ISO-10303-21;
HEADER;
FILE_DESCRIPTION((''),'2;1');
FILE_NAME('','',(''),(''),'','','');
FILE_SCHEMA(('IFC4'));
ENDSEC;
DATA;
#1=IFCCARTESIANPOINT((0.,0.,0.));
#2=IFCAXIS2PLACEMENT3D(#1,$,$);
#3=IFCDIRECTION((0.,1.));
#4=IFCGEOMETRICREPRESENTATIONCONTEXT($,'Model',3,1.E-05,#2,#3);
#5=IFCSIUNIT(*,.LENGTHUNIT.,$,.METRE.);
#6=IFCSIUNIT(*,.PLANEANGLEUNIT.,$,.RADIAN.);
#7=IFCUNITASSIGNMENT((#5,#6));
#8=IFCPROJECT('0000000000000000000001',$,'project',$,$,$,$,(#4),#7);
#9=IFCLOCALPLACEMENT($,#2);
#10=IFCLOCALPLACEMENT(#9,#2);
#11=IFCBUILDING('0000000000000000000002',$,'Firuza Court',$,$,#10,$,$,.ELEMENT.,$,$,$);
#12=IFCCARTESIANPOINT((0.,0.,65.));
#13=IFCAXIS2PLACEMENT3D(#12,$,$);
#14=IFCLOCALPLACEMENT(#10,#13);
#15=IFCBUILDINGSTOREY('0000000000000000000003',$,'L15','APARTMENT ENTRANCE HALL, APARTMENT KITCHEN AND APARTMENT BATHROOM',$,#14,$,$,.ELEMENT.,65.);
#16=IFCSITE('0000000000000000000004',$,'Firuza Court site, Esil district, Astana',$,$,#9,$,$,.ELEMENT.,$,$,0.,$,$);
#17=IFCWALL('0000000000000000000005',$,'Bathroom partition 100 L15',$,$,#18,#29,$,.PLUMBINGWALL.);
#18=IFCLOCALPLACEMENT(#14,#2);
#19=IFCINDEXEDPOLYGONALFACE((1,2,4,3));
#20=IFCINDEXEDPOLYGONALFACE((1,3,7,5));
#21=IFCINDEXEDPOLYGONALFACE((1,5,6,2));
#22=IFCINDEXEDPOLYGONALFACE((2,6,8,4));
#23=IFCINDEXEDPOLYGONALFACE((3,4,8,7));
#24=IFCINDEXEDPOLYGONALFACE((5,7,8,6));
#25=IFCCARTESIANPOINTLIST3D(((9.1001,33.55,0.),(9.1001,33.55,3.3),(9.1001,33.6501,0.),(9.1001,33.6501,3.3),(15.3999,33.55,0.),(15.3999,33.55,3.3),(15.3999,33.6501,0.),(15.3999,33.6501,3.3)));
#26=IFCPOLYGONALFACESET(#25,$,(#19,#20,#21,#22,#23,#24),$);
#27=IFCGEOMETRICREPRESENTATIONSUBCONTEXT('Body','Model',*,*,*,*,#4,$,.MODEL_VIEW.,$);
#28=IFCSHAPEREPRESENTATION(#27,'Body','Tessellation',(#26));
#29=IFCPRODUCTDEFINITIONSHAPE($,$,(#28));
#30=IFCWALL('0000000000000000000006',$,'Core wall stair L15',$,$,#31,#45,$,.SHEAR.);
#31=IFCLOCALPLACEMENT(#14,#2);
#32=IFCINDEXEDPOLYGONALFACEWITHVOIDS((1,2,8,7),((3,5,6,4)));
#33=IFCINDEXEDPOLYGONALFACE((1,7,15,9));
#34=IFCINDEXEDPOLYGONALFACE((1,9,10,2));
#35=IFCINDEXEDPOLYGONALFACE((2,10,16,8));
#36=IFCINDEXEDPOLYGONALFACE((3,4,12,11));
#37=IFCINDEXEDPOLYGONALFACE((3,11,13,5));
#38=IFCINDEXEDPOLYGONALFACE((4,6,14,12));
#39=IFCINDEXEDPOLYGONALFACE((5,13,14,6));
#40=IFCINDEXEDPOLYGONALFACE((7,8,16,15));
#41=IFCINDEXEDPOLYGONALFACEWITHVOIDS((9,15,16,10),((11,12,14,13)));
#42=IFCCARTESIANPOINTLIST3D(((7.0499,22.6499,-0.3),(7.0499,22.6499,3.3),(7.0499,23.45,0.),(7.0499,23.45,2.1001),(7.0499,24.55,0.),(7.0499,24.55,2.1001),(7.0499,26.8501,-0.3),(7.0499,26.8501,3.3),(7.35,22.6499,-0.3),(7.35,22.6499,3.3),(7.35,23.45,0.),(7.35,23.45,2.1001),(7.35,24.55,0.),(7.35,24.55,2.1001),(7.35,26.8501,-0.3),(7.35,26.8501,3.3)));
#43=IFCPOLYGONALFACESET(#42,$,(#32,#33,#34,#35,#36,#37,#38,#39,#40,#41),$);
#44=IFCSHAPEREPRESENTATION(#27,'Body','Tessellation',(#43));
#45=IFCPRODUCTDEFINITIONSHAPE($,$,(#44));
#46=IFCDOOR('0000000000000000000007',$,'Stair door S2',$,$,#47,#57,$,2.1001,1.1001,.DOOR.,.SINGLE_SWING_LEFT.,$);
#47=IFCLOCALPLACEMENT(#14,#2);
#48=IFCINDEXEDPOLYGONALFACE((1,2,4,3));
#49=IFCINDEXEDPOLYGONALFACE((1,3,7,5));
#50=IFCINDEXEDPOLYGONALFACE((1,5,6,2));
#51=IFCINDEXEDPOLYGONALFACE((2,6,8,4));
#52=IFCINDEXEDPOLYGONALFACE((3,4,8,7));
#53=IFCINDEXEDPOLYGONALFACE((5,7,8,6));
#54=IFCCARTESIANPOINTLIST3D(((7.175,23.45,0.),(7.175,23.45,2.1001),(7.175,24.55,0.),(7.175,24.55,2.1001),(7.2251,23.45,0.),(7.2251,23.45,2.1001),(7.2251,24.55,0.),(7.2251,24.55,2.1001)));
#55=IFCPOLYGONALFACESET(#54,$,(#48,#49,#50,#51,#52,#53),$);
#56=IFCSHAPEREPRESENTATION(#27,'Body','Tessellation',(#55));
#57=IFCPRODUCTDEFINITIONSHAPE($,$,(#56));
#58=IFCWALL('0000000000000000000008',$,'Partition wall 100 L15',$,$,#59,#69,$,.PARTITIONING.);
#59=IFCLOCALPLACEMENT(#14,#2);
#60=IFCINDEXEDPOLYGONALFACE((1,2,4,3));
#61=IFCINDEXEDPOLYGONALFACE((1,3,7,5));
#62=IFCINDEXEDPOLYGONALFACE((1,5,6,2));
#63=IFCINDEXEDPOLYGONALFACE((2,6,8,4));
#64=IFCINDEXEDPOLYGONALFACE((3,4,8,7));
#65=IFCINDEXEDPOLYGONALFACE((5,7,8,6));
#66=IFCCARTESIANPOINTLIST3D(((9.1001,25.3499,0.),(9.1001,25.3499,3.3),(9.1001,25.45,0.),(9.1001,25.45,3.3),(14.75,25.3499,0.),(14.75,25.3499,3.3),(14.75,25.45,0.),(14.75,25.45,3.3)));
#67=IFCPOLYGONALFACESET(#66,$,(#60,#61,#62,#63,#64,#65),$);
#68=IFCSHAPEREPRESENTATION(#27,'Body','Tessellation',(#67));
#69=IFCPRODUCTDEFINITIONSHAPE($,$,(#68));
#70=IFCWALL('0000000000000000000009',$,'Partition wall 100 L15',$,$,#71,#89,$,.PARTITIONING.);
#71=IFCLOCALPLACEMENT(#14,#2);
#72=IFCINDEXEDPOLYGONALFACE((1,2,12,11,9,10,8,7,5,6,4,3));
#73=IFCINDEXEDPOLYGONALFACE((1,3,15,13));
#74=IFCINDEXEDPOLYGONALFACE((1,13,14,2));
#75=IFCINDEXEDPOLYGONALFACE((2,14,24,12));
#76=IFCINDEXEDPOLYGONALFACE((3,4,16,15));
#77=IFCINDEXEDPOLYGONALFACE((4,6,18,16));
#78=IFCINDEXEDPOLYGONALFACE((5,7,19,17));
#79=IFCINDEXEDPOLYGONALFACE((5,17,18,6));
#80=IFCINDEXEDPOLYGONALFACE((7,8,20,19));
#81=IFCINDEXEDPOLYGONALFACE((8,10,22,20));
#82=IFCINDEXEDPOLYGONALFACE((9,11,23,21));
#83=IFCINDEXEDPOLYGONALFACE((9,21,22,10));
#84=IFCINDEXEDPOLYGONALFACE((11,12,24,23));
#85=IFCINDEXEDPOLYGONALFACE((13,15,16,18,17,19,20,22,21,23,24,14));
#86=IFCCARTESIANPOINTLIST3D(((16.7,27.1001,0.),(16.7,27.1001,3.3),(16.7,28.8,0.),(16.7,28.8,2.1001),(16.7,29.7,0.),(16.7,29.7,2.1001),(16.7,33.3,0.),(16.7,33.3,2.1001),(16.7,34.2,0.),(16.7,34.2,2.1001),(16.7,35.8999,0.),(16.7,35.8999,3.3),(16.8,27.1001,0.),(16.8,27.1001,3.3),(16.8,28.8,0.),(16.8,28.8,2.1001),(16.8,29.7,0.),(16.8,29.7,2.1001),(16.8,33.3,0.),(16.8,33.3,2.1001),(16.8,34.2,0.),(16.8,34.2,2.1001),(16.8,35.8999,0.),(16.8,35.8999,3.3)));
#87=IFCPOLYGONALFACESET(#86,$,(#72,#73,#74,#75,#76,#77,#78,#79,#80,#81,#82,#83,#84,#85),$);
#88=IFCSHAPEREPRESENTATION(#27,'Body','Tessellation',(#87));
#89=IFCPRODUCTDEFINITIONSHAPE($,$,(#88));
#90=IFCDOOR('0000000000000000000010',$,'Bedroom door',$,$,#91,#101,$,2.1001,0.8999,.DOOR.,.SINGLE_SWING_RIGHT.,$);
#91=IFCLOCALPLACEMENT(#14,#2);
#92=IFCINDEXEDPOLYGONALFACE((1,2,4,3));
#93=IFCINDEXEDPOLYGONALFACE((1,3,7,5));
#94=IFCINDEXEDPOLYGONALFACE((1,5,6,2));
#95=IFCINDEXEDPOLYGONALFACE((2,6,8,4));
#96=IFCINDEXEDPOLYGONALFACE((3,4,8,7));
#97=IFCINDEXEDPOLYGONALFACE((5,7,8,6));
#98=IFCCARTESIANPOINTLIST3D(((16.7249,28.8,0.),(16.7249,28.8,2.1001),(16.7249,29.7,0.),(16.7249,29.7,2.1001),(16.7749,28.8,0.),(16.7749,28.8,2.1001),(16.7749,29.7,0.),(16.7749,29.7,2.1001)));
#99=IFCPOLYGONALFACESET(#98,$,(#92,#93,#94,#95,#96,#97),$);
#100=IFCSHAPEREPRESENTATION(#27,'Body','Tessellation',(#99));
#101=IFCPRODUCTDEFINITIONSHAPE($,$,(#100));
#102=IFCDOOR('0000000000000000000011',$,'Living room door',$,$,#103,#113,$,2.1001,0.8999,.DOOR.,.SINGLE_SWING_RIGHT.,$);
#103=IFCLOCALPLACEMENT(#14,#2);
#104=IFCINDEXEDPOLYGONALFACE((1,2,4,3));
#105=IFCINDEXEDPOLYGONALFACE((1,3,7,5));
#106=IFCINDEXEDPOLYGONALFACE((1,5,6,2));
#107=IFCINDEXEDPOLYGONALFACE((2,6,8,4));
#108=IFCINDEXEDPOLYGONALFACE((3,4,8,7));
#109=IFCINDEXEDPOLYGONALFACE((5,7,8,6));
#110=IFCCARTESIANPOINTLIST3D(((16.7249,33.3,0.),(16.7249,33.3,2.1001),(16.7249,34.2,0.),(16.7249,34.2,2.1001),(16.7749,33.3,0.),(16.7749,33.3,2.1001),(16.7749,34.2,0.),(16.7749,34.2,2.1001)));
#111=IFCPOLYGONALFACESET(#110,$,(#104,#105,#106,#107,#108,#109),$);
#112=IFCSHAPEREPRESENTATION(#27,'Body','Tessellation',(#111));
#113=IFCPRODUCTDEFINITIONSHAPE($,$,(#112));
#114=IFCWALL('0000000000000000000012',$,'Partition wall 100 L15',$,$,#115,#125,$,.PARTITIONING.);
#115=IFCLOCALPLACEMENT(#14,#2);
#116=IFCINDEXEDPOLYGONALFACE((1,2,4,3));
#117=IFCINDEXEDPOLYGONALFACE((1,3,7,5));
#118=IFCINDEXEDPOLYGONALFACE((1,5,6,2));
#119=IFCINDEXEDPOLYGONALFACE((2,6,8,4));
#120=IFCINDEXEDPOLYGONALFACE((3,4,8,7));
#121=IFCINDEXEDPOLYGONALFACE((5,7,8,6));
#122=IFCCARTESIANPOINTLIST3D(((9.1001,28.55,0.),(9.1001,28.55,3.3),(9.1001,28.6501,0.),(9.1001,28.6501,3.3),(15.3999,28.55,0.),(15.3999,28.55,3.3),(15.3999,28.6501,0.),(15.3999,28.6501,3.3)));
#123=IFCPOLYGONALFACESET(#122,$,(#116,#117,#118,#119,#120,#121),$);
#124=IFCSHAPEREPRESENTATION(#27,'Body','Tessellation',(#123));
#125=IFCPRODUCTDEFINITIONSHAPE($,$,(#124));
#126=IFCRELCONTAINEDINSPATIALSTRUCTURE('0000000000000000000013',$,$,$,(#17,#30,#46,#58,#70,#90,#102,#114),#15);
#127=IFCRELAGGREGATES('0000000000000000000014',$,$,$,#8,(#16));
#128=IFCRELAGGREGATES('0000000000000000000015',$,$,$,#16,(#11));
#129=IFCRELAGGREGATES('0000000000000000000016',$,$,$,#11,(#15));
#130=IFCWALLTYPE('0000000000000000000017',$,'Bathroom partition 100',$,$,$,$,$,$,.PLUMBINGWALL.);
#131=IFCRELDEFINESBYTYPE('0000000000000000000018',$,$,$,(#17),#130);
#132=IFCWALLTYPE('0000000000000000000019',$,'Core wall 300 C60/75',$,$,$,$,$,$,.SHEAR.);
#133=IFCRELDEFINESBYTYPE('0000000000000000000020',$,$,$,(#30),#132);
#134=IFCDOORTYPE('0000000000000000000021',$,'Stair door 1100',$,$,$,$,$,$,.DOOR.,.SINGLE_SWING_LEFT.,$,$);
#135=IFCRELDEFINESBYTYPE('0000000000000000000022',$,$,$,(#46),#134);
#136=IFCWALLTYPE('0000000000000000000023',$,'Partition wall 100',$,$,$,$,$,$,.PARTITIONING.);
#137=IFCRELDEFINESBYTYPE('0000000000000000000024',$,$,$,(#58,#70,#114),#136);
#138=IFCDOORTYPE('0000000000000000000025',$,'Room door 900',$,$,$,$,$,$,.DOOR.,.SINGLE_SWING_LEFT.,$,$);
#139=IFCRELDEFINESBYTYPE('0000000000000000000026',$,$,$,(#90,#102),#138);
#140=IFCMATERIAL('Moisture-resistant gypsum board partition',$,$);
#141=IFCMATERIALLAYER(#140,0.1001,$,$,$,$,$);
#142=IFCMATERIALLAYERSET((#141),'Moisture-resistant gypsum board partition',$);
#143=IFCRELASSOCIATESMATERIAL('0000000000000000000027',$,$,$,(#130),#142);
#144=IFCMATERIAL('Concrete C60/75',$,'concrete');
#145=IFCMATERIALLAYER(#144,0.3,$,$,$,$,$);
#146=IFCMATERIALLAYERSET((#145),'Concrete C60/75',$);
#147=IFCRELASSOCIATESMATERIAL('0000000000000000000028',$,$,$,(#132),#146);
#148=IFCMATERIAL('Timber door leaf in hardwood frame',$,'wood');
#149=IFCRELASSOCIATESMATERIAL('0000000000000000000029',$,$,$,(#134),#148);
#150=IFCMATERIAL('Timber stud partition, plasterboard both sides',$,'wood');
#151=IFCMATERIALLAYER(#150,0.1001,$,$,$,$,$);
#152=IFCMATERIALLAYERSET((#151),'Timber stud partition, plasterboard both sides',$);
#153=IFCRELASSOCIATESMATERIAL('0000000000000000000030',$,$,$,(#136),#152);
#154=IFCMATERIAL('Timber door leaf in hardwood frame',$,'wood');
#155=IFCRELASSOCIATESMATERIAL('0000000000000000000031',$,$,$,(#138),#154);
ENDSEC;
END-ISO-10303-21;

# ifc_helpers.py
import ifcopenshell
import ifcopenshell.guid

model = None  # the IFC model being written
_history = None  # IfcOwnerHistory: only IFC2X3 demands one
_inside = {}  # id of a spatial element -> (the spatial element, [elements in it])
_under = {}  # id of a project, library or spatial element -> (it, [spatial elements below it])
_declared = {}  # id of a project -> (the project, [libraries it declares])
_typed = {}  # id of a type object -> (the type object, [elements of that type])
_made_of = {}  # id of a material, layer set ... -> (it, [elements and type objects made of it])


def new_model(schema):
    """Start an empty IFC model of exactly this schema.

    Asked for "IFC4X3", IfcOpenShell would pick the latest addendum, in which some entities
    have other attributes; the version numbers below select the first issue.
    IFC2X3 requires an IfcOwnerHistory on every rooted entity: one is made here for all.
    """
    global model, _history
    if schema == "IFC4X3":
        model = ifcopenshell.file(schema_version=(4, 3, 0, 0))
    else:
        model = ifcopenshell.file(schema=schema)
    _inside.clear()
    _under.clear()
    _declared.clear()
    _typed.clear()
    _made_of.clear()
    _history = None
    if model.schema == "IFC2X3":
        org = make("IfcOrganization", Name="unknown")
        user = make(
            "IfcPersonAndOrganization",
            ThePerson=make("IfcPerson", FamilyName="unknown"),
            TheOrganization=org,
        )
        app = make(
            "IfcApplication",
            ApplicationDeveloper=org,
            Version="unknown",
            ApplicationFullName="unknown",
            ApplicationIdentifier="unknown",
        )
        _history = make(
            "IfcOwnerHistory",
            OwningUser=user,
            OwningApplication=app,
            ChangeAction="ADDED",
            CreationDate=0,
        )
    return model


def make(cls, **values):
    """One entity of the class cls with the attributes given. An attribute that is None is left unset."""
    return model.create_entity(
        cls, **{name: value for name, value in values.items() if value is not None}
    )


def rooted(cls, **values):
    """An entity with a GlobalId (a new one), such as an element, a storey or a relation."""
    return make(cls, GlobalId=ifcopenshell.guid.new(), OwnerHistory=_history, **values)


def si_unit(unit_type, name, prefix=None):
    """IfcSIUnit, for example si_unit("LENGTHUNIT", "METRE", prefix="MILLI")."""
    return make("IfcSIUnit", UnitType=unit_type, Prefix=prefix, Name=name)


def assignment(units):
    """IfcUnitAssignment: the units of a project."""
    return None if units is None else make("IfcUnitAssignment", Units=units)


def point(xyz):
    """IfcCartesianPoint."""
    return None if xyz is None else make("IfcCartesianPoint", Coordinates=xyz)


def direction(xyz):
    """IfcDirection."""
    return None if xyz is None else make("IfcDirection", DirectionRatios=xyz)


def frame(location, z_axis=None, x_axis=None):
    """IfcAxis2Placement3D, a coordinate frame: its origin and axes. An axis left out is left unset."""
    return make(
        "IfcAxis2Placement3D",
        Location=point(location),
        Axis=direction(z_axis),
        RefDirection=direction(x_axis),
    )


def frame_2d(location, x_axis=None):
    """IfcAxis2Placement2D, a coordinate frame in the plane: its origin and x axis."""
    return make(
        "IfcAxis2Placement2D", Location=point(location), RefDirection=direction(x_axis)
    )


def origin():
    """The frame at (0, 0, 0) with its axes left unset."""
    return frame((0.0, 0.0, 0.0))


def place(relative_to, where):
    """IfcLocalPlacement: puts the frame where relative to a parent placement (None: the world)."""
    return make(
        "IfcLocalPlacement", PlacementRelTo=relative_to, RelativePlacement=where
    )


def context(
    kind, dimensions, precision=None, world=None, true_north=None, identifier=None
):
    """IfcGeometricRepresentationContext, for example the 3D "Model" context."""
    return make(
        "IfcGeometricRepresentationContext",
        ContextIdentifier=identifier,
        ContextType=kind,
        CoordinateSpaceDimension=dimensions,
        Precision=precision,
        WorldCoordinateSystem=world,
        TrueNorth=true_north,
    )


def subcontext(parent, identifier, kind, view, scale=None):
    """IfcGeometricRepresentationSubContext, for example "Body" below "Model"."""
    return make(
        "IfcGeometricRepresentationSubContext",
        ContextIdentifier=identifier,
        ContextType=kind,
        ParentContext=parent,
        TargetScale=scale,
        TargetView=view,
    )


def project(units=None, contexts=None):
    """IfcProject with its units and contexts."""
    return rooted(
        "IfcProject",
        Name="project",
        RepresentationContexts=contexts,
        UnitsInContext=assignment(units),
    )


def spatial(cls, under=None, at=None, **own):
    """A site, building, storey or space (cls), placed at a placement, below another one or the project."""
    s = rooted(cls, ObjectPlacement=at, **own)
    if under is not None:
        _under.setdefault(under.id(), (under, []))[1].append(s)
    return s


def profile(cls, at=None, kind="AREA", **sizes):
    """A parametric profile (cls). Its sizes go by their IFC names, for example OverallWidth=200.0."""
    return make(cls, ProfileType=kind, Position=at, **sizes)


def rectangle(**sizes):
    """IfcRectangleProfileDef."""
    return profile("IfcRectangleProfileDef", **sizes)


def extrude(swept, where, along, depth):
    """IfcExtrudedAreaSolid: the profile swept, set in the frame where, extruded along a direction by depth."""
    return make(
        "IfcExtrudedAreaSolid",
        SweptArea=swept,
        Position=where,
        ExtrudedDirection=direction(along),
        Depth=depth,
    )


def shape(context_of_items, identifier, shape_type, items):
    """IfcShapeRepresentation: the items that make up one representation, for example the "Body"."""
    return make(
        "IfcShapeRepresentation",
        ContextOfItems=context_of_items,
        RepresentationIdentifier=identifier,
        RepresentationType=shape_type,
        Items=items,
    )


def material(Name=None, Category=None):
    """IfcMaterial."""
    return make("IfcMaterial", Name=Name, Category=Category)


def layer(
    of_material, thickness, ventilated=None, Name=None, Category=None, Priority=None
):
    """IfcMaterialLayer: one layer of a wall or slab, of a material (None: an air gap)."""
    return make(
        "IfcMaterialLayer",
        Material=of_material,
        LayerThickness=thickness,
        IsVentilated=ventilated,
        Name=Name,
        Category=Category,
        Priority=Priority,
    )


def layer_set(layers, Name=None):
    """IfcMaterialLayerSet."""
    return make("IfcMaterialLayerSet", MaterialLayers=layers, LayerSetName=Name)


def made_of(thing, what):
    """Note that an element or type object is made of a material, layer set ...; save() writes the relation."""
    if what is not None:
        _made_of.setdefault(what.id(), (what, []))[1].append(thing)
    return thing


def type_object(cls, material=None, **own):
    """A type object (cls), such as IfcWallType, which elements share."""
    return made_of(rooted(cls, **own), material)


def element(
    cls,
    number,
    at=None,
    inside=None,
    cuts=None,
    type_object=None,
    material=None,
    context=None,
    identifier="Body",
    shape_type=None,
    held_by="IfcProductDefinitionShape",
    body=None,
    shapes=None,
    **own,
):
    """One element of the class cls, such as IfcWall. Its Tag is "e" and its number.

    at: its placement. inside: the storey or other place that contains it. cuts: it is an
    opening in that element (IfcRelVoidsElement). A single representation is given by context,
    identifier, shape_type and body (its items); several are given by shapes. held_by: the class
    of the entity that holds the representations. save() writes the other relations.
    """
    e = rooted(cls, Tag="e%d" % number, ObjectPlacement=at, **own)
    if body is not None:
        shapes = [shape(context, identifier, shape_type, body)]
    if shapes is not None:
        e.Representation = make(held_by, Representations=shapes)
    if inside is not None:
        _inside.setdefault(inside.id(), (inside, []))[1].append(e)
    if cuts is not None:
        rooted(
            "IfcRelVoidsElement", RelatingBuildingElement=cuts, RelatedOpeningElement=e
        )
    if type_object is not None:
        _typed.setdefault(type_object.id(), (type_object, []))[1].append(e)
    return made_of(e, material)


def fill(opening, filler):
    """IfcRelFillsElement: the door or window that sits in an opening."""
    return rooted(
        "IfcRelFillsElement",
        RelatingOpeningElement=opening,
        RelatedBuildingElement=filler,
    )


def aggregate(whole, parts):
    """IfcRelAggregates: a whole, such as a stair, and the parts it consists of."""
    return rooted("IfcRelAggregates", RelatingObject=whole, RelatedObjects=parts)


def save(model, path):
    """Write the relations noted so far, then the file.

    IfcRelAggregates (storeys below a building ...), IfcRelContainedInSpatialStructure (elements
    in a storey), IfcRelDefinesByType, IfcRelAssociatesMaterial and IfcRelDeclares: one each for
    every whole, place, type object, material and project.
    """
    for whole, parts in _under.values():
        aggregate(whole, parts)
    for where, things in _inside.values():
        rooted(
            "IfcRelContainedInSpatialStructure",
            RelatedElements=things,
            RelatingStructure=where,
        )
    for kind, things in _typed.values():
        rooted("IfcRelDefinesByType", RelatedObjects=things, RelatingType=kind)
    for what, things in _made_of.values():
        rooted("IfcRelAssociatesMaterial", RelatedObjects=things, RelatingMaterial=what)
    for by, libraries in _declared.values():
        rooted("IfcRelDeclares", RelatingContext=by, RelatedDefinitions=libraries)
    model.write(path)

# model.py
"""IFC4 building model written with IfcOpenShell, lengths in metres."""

from ifc_helpers import new_model, si_unit, direction, frame, frame_2d, origin, place, context, subcontext, project, spatial, rectangle, extrude, material, layer, layer_set, type_object, element, fill, save


model = new_model("IFC4")

# Units and contexts
model_context = context("Model", 3, precision=1e-05, world=origin(), true_north=direction((0.0, 1.0)))
body_context = subcontext(model_context, "Body", "Model", "MODEL_VIEW")
ifc_project = project(units=[si_unit("LENGTHUNIT", "METRE"), si_unit("PLANEANGLEUNIT", "RADIAN")], contexts=[model_context])

# Site, building, storey
site_placement = place(None, origin())
site = spatial("IfcSite", under=ifc_project, at=site_placement, Name="Firuza Court site, Esil district, Astana", CompositionType="ELEMENT", RefElevation=0.0)
building_placement = place(site_placement, origin())
building = spatial("IfcBuilding", under=site, at=building_placement, Name="Firuza Court", CompositionType="ELEMENT")
storey_placement = place(building_placement, frame((0.0, 0.0, 65.0)))
storey = spatial("IfcBuildingStorey", under=building, at=storey_placement, Name="L15", Description="APARTMENT ENTRANCE HALL, APARTMENT KITCHEN AND APARTMENT BATHROOM", CompositionType="ELEMENT", Elevation=65.0)

# Wall
ifc_material_1 = material(Name="Moisture-resistant gypsum board partition")
ifc_layer_1 = layer(ifc_material_1, 0.1001)
ifc_layer_set_1 = layer_set([ifc_layer_1], Name="Moisture-resistant gypsum board partition")
wall_type_1 = type_object("IfcWallType", Name="Bathroom partition 100", PredefinedType="PLUMBINGWALL", material=ifc_layer_set_1)
wall_1_placement = place(storey_placement, frame((9.1001, 33.6001, 0.0), z_axis=(0.0, 0.0, 1.0), x_axis=(1.0, 0.0, 0.0)))
element("IfcWall", 1, at=wall_1_placement, inside=storey, type_object=wall_type_1, Name="Bathroom partition 100 L15", PredefinedType="PLUMBINGWALL", context=body_context, shape_type="SweptSolid", body=[
    extrude(rectangle(XDim=6.2998, YDim=0.1001, at=frame_2d((3.1499, 0.0))), origin(), (0.0, 0.0, 1.0), 3.3),
])

# Wall, opening, door
ifc_material_2 = material(Name="Concrete C60/75", Category="concrete")
ifc_layer_2 = layer(ifc_material_2, 0.3)
ifc_layer_set_2 = layer_set([ifc_layer_2], Name="Concrete C60/75")
wall_type_2 = type_object("IfcWallType", Name="Core wall 300 C60/75", PredefinedType="SHEAR", material=ifc_layer_set_2)
wall_2_placement = place(storey_placement, frame((7.2, 22.6499, -0.3), z_axis=(0.0, 0.0, 1.0), x_axis=(0.0, 1.0, 0.0)))
wall_2 = element("IfcWall", 2, at=wall_2_placement, inside=storey, type_object=wall_type_2, Name="Core wall stair L15", PredefinedType="SHEAR", context=body_context, shape_type="SweptSolid", body=[
    extrude(rectangle(XDim=4.2002, YDim=0.3, at=frame_2d((2.1001, 0.0))), origin(), (0.0, 0.0, 1.0), 3.6001),
])
opening_1_placement = place(wall_2_placement, frame((0.8, 0.0, 0.3)))
opening_1 = element("IfcOpeningElement", 3, at=opening_1_placement, cuts=wall_2, PredefinedType="OPENING", context=body_context, shape_type="SweptSolid", body=[
    extrude(rectangle(XDim=1.1001, YDim=2.1001, at=frame_2d((0.55, 1.05))), frame((0.0, 0.1621, 0.0), z_axis=(0.0, -1.0, 0.0), x_axis=(1.0, 0.0, 0.0)), (0.0, 0.0, 1.0), 0.324),
])
ifc_material_3 = material(Name="Timber door leaf in hardwood frame", Category="wood")
door_type_1 = type_object("IfcDoorType", Name="Stair door 1100", OperationType="SINGLE_SWING_LEFT", PredefinedType="DOOR", material=ifc_material_3)
door_1_placement = place(opening_1_placement, origin())
door_1 = element("IfcDoor", 4, at=door_1_placement, inside=storey, type_object=door_type_1, Name="Stair door S2", OperationType="SINGLE_SWING_LEFT", OverallHeight=2.1001, OverallWidth=1.1001, PredefinedType="DOOR", context=body_context, shape_type="SweptSolid", body=[
    extrude(rectangle(XDim=1.1001, YDim=2.1001, at=frame_2d((0.55, 1.05))), frame((0.0, 0.0249, 0.0), z_axis=(0.0, -1.0, 0.0), x_axis=(1.0, 0.0, 0.0)), (0.0, 0.0, 1.0), 0.05),
])
fill(opening_1, door_1)

# Wall
ifc_material_4 = material(Name="Timber stud partition, plasterboard both sides", Category="wood")
ifc_layer_3 = layer(ifc_material_4, 0.1001)
ifc_layer_set_3 = layer_set([ifc_layer_3], Name="Timber stud partition, plasterboard both sides")
wall_type_3 = type_object("IfcWallType", Name="Partition wall 100", PredefinedType="PARTITIONING", material=ifc_layer_set_3)
wall_3_placement = place(storey_placement, frame((9.1001, 25.3999, 0.0), z_axis=(0.0, 0.0, 1.0), x_axis=(1.0, 0.0, 0.0)))
element("IfcWall", 5, at=wall_3_placement, inside=storey, type_object=wall_type_3, Name="Partition wall 100 L15", PredefinedType="PARTITIONING", context=body_context, shape_type="SweptSolid", body=[
    extrude(rectangle(XDim=5.6499, YDim=0.1001, at=frame_2d((2.825, 0.0))), origin(), (0.0, 0.0, 1.0), 3.3),
])

# Wall, openings, doors
wall_4_placement = place(storey_placement, frame((16.75, 27.1001, 0.0), z_axis=(0.0, 0.0, 1.0), x_axis=(0.0, 1.0, 0.0)))
wall_4 = element("IfcWall", 6, at=wall_4_placement, inside=storey, type_object=wall_type_3, Name="Partition wall 100 L15", PredefinedType="PARTITIONING", context=body_context, shape_type="SweptSolid", body=[
    extrude(rectangle(XDim=8.7998, YDim=0.1001, at=frame_2d((4.3999, 0.0))), origin(), (0.0, 0.0, 1.0), 3.3),
])
opening_2_placement = place(wall_4_placement, frame((1.7, 0.0, 0.0)))
opening_2 = element("IfcOpeningElement", 7, at=opening_2_placement, cuts=wall_4, PredefinedType="OPENING", context=body_context, shape_type="SweptSolid", body=[
    extrude(rectangle(XDim=0.8999, YDim=2.1001, at=frame_2d((0.45, 1.05))), frame((0.0, 0.062, 0.0), z_axis=(0.0, -1.0, 0.0), x_axis=(1.0, 0.0, 0.0)), (0.0, 0.0, 1.0), 0.124),
])
opening_3_placement = place(wall_4_placement, frame((6.2, 0.0, 0.0)))
opening_3 = element("IfcOpeningElement", 8, at=opening_3_placement, cuts=wall_4, PredefinedType="OPENING", context=body_context, shape_type="SweptSolid", body=[
    extrude(rectangle(XDim=0.8999, YDim=2.1001, at=frame_2d((0.45, 1.05))), frame((0.0, 0.062, 0.0), z_axis=(0.0, -1.0, 0.0), x_axis=(1.0, 0.0, 0.0)), (0.0, 0.0, 1.0), 0.124),
])
ifc_material_5 = material(Name="Timber door leaf in hardwood frame", Category="wood")
door_type_2 = type_object("IfcDoorType", Name="Room door 900", OperationType="SINGLE_SWING_LEFT", PredefinedType="DOOR", material=ifc_material_5)
door_2_placement = place(opening_2_placement, frame((0.8999, 0.0, 0.0), z_axis=(0.0, 0.0, 1.0), x_axis=(-1.0, 0.0, 0.0)))
door_2 = element("IfcDoor", 9, at=door_2_placement, inside=storey, type_object=door_type_2, Name="Bedroom door", OperationType="SINGLE_SWING_RIGHT", OverallHeight=2.1001, OverallWidth=0.8999, PredefinedType="DOOR", context=body_context, shape_type="SweptSolid", body=[
    extrude(rectangle(XDim=0.8999, YDim=2.1001, at=frame_2d((0.45, 1.05))), frame((0.0, 0.0249, 0.0), z_axis=(0.0, -1.0, 0.0), x_axis=(1.0, 0.0, 0.0)), (0.0, 0.0, 1.0), 0.05),
])
fill(opening_2, door_2)
door_3_placement = place(opening_3_placement, frame((0.8999, 0.0, 0.0), z_axis=(0.0, 0.0, 1.0), x_axis=(-1.0, 0.0, 0.0)))
door_3 = element("IfcDoor", 10, at=door_3_placement, inside=storey, type_object=door_type_2, Name="Living room door", OperationType="SINGLE_SWING_RIGHT", OverallHeight=2.1001, OverallWidth=0.8999, PredefinedType="DOOR", context=body_context, shape_type="SweptSolid", body=[
    extrude(rectangle(XDim=0.8999, YDim=2.1001, at=frame_2d((0.45, 1.05))), frame((0.0, 0.0249, 0.0), z_axis=(0.0, -1.0, 0.0), x_axis=(1.0, 0.0, 0.0)), (0.0, 0.0, 1.0), 0.05),
])
fill(opening_3, door_3)

# Wall
wall_5_placement = place(storey_placement, frame((9.1001, 28.6001, 0.0), z_axis=(0.0, 0.0, 1.0), x_axis=(1.0, 0.0, 0.0)))
element("IfcWall", 11, at=wall_5_placement, inside=storey, type_object=wall_type_3, Name="Partition wall 100 L15", PredefinedType="PARTITIONING", context=body_context, shape_type="SweptSolid", body=[
    extrude(rectangle(XDim=6.2998, YDim=0.1001, at=frame_2d((3.1499, 0.0))), origin(), (0.0, 0.0, 1.0), 3.3),
])

save(model, "model.ifc")
